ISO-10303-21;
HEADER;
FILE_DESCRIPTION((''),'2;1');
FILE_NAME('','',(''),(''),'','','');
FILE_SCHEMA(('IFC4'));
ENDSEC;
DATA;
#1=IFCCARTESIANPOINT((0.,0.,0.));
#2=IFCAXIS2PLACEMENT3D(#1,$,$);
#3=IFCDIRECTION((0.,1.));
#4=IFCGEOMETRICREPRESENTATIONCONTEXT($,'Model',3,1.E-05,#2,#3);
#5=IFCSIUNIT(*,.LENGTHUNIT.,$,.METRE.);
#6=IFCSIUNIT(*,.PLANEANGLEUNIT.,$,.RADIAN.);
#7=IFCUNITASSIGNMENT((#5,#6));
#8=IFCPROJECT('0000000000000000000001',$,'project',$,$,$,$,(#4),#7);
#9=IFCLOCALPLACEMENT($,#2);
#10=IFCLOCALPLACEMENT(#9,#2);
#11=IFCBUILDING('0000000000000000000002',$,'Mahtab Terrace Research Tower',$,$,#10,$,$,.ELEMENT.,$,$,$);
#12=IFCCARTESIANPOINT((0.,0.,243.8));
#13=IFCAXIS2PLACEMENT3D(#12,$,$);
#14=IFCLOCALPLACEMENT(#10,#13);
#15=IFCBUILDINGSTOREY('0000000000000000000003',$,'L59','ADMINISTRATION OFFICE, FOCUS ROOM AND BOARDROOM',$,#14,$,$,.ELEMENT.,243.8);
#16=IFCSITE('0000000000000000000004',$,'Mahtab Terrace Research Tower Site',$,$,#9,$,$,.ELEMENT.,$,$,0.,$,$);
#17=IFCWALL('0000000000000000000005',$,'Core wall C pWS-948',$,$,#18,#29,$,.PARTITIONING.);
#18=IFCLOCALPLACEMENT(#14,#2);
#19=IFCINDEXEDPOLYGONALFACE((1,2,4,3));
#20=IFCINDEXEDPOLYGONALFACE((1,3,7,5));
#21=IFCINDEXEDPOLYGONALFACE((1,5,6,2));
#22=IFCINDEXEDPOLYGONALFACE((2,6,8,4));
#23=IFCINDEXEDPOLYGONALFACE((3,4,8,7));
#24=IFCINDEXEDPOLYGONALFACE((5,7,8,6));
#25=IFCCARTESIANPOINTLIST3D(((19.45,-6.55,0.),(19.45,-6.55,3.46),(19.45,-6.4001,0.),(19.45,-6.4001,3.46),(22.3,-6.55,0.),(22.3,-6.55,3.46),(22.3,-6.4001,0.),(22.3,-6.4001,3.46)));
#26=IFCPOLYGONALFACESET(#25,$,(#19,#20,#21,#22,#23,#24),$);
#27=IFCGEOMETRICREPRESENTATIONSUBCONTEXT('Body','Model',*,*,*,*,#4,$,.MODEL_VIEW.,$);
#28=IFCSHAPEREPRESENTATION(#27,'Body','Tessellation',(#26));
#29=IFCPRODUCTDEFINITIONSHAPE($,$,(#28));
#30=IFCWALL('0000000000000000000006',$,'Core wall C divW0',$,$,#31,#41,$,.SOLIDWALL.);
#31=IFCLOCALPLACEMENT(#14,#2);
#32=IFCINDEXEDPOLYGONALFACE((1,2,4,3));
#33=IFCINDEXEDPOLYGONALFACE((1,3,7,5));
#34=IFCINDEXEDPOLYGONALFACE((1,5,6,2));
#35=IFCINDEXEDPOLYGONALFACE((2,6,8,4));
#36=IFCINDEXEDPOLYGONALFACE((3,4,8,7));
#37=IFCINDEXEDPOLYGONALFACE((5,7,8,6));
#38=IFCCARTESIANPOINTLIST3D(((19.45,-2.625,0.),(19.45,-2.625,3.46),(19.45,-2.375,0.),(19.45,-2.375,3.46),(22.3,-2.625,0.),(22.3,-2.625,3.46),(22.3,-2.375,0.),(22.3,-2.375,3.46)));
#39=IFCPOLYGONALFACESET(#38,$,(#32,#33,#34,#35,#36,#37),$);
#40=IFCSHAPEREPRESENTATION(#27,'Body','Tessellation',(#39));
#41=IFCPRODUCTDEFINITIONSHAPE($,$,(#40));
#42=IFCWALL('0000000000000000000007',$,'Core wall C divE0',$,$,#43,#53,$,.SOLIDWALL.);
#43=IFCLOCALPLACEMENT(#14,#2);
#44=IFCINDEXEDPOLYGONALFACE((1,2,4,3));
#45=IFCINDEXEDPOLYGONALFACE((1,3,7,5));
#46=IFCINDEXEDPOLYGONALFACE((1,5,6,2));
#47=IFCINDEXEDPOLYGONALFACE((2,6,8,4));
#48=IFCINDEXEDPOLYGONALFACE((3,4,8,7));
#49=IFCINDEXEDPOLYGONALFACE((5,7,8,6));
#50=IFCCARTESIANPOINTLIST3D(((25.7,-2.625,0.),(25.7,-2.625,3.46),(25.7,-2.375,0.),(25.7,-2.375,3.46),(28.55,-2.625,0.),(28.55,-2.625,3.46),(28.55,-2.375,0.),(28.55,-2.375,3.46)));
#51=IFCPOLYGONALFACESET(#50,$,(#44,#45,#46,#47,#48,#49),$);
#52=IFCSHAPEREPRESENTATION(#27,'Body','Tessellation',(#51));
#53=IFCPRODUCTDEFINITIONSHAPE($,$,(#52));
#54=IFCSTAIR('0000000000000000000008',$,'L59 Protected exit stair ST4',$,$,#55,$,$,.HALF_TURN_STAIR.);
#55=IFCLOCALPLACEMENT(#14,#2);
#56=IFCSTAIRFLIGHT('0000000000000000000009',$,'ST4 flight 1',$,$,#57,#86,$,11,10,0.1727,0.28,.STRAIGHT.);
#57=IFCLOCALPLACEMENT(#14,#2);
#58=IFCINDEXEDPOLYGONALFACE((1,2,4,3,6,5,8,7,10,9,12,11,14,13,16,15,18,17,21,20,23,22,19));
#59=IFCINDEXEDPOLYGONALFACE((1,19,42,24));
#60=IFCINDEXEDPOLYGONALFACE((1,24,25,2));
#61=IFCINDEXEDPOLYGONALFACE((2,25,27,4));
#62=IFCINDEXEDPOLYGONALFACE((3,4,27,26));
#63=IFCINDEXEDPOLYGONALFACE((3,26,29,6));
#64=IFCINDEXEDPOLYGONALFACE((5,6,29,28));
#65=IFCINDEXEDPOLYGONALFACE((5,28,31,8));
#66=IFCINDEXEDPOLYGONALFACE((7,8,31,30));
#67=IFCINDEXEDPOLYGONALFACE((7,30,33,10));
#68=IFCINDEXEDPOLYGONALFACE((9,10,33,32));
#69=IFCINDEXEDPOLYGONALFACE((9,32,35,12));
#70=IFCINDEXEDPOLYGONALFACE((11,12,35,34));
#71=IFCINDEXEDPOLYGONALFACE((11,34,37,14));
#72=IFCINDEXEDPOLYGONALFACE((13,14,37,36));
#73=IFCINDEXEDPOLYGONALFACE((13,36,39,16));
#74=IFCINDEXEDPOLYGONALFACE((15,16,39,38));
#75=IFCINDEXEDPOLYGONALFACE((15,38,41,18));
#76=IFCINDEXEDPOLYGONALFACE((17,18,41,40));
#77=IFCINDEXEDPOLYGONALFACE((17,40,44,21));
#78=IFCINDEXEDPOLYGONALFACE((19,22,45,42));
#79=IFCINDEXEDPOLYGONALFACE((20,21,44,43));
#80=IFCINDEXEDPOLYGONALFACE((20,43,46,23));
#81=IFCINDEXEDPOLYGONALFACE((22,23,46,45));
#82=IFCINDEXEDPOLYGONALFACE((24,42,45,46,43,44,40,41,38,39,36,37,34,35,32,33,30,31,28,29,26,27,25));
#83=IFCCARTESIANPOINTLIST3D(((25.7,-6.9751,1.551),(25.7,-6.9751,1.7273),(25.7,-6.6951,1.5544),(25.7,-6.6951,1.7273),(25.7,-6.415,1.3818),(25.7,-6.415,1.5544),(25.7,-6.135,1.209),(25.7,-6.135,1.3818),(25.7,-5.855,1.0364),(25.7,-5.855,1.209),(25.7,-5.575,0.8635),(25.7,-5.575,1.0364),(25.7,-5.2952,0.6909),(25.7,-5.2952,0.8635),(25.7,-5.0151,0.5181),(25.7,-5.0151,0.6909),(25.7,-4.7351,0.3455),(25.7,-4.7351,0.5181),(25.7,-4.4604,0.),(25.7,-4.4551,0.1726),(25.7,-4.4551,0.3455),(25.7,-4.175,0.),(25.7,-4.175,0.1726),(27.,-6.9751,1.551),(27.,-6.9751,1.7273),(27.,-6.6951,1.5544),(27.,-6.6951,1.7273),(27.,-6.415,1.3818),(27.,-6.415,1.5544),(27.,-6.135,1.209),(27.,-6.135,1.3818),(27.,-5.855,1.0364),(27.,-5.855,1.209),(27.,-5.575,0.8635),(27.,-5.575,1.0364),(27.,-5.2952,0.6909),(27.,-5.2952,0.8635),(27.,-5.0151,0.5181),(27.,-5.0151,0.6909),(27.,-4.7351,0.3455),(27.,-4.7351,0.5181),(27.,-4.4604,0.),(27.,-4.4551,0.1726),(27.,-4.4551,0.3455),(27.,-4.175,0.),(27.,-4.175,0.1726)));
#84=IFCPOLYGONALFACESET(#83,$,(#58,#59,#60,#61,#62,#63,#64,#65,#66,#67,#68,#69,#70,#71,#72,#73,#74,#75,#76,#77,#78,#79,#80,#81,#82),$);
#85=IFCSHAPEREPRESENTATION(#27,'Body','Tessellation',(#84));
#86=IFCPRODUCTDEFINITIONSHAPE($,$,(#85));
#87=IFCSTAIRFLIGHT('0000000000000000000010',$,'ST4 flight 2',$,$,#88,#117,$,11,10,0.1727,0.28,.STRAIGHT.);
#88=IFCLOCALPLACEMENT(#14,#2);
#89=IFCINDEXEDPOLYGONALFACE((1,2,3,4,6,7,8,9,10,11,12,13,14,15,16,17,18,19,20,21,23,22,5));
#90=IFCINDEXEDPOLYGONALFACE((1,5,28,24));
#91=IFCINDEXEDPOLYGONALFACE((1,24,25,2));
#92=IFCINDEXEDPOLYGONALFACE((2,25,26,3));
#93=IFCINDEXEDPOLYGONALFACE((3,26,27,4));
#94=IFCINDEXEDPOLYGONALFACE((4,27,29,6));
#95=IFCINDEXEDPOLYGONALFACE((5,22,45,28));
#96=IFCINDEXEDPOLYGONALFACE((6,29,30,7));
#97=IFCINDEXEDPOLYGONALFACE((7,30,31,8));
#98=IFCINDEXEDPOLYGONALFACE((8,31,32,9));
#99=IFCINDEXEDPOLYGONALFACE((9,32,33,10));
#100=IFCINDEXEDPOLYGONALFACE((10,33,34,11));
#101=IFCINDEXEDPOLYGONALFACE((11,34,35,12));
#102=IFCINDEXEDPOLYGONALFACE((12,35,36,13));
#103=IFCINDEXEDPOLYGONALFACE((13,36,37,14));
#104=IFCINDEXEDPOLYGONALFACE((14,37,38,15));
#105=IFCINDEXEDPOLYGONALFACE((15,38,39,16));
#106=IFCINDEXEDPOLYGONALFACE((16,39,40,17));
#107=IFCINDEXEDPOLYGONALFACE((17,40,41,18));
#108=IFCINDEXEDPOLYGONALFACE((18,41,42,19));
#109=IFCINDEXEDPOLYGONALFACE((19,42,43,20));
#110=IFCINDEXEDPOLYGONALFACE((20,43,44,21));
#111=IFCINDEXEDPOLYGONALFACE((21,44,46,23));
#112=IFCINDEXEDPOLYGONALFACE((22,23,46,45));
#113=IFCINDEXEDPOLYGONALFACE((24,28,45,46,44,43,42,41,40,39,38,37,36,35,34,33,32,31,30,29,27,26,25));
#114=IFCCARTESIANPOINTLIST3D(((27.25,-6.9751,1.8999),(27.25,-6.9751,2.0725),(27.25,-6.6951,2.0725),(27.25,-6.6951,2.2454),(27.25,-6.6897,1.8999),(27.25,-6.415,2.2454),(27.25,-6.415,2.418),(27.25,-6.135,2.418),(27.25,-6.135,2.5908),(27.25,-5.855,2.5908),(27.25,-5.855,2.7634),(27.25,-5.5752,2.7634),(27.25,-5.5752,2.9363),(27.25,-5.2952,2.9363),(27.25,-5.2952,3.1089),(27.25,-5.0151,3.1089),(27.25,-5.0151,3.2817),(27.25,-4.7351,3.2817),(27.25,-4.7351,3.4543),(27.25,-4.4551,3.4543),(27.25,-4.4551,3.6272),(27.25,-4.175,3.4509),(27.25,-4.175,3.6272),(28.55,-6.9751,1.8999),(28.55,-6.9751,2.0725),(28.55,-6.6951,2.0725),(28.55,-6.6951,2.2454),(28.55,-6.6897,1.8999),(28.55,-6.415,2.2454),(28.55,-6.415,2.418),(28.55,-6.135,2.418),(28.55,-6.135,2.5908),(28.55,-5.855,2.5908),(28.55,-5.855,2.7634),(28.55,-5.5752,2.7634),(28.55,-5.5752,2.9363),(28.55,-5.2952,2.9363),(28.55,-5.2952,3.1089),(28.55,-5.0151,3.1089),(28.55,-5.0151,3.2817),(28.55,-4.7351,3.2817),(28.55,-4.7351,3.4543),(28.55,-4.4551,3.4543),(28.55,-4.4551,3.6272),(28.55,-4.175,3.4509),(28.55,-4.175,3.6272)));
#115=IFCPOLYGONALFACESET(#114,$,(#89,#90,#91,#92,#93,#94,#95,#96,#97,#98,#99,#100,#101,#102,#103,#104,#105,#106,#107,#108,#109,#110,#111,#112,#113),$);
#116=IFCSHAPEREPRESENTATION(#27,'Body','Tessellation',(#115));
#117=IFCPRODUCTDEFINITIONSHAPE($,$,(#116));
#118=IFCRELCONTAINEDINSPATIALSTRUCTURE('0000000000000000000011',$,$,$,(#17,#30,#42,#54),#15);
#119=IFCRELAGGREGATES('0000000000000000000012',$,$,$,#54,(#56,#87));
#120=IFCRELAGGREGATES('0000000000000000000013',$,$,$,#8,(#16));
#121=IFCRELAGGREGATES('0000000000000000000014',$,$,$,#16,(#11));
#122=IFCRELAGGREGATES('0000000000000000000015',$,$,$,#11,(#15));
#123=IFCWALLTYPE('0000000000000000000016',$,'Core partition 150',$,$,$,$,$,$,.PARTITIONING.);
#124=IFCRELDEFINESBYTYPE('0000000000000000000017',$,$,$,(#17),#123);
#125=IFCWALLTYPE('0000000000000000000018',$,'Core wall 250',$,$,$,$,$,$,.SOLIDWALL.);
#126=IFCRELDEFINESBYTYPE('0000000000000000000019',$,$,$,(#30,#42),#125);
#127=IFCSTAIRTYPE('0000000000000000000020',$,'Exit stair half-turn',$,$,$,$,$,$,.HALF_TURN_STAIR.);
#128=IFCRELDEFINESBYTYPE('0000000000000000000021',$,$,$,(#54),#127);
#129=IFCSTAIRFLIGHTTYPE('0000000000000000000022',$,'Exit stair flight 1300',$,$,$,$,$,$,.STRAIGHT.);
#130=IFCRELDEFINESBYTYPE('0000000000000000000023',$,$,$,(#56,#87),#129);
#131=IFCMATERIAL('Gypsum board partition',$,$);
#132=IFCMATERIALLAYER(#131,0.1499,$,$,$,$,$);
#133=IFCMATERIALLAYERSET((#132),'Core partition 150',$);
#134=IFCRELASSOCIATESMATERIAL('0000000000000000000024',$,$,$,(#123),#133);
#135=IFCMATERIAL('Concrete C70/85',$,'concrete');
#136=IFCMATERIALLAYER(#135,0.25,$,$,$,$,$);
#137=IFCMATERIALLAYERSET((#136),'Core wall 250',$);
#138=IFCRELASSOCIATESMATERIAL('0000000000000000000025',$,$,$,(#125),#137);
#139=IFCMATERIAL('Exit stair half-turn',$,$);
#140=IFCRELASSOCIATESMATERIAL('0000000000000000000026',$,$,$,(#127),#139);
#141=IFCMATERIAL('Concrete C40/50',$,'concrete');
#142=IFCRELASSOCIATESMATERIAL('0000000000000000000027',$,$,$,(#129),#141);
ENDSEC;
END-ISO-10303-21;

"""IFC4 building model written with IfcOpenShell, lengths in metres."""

from ifc_helpers import new_model, si_unit, direction, frame, frame_2d, origin, place, context, subcontext, project, spatial, polyline, rectangle, outline, extrude, material, layer, layer_set, type_object, element, aggregate, save


model = new_model("IFC4")

# Units and contexts
model_context = context("Model", 3, precision=1e-05, world=origin(), true_north=direction((0.0, 1.0)))
body_context = subcontext(model_context, "Body", "Model", "MODEL_VIEW")
ifc_project = project(units=[si_unit("LENGTHUNIT", "METRE"), si_unit("PLANEANGLEUNIT", "RADIAN")], contexts=[model_context])

# Site, building, storey
site_placement = place(None, origin())
site = spatial("IfcSite", under=ifc_project, at=site_placement, Name="Mahtab Terrace Research Tower Site", CompositionType="ELEMENT", RefElevation=0.0)
building_placement = place(site_placement, origin())
building = spatial("IfcBuilding", under=site, at=building_placement, Name="Mahtab Terrace Research Tower", CompositionType="ELEMENT")
storey_placement = place(building_placement, frame((0.0, 0.0, 243.8)))
storey = spatial("IfcBuildingStorey", under=building, at=storey_placement, Name="L59", Description="ADMINISTRATION OFFICE, FOCUS ROOM AND BOARDROOM", CompositionType="ELEMENT", Elevation=243.8)

# Walls
ifc_material_1 = material(Name="Gypsum board partition")
ifc_layer_1 = layer(ifc_material_1, 0.1499)
ifc_layer_set_1 = layer_set([ifc_layer_1], Name="Core partition 150")
wall_type_1 = type_object("IfcWallType", Name="Core partition 150", PredefinedType="PARTITIONING", material=ifc_layer_set_1)
wall_placement = place(storey_placement, frame((19.45, -6.4751, 0.0), z_axis=(0.0, 0.0, 1.0), x_axis=(1.0, 0.0, 0.0)))
element("IfcWall", 1, at=wall_placement, inside=storey, type_object=wall_type_1, Name="Core wall C pWS-948", PredefinedType="PARTITIONING", context=body_context, shape_type="SweptSolid", body=[
    extrude(rectangle(XDim=2.8501, YDim=0.1499, at=frame_2d((1.425, 0.0))), origin(), (0.0, 0.0, 1.0), 3.46),
])
ifc_material_2 = material(Name="Concrete C70/85", Category="concrete")
ifc_layer_2 = layer(ifc_material_2, 0.25)
ifc_layer_set_2 = layer_set([ifc_layer_2], Name="Core wall 250")
wall_type_2 = type_object("IfcWallType", Name="Core wall 250", PredefinedType="SOLIDWALL", material=ifc_layer_set_2)
for number, where, z_axis, x_axis, name in (
    (2, (19.45, -2.5, 0.0), (0.0, 0.0, 1.0), (1.0, 0.0, 0.0), "Core wall C divW0"),
    (3, (25.7, -2.5, 0.0), (0.0, 0.0, 1.0), (1.0, 0.0, 0.0), "Core wall C divE0"),
):
    element("IfcWall", number, at=place(storey_placement, frame(where, z_axis=z_axis, x_axis=x_axis)), inside=storey, type_object=wall_type_2, Name=name, PredefinedType="SOLIDWALL", context=body_context, shape_type="SweptSolid", body=[
        extrude(rectangle(XDim=2.8501, YDim=0.25, at=frame_2d((1.425, 0.0))), origin(), (0.0, 0.0, 1.0), 3.46),
    ])

# Stair, stair flights
ifc_material_3 = material(Name="Exit stair half-turn")
stair_type = type_object("IfcStairType", Name="Exit stair half-turn", PredefinedType="HALF_TURN_STAIR", material=ifc_material_3)
stair_placement = place(storey_placement, origin())
stair = element("IfcStair", 4, at=stair_placement, inside=storey, type_object=stair_type, Name="L59 Protected exit stair ST4", PredefinedType="HALF_TURN_STAIR")
ifc_material_4 = material(Name="Concrete C40/50", Category="concrete")
stair_flight_type = type_object("IfcStairFlightType", Name="Exit stair flight 1300", PredefinedType="STRAIGHT", material=ifc_material_4)
stair_flight_1_placement = place(storey_placement, frame((26.3501, -4.175, 0.0), z_axis=(0.0, 0.0, 1.0), x_axis=(0.0, -1.0, 0.0)))
stair_flight_1 = element("IfcStairFlight", 5, at=stair_flight_1_placement, type_object=stair_flight_type, Name="ST4 flight 1", NumberOfRisers=11, NumberOfTreads=10, PredefinedType="STRAIGHT", RiserHeight=0.1727, TreadLength=0.28, context=body_context, shape_type="SweptSolid", body=[
    extrude(outline(polyline([(0.0, 0.0), (0.0, 0.1726), (0.28, 0.1726), (0.28, 0.3455), (0.5601, 0.3455), (0.5601, 0.5181), (0.8401, 0.5181), (0.8401, 0.6909), (1.1201, 0.6909), (1.1201, 0.8635), (1.3999, 0.8635), (1.3999, 1.0364), (1.6799, 1.0364), (1.6799, 1.209), (1.96, 1.209), (1.96, 1.3818), (2.24, 1.3818), (2.24, 1.5544), (2.52, 1.5544), (2.52, 1.7273), (2.8, 1.7273), (2.8, 1.8999), (2.8, 1.551), (0.2854, 0.0), (0.0, 0.0)])), frame((0.0, 0.6499, 0.0), z_axis=(0.0, -1.0, 0.0), x_axis=(1.0, 0.0, 0.0)), (0.0, 0.0, 1.0), 1.3),
])
stair_flight_2_placement = place(storey_placement, frame((27.8999, -6.9751, 1.8999), z_axis=(0.0, 0.0, 1.0), x_axis=(0.0, 1.0, 0.0)))
stair_flight_2 = element("IfcStairFlight", 6, at=stair_flight_2_placement, type_object=stair_flight_type, Name="ST4 flight 2", NumberOfRisers=11, NumberOfTreads=10, PredefinedType="STRAIGHT", RiserHeight=0.1727, TreadLength=0.28, context=body_context, shape_type="SweptSolid", body=[
    extrude(outline(polyline([(0.0, 0.0), (0.0, 0.1726), (0.28, 0.1726), (0.28, 0.3455), (0.5601, 0.3455), (0.5601, 0.5181), (0.8401, 0.5181), (0.8401, 0.6909), (1.1201, 0.6909), (1.1201, 0.8635), (1.3999, 0.8635), (1.3999, 1.0364), (1.6799, 1.0364), (1.6799, 1.209), (1.96, 1.209), (1.96, 1.3818), (2.24, 1.3818), (2.24, 1.5544), (2.52, 1.5544), (2.52, 1.7273), (2.8, 1.7273), (2.8, 1.8999), (2.8, 1.551), (0.2854, 0.0), (0.0, 0.0)])), frame((0.0, 0.6499, 0.0), z_axis=(0.0, -1.0, 0.0), x_axis=(1.0, 0.0, 0.0)), (0.0, 0.0, 1.0), 1.3),
])
aggregate(stair, [stair_flight_1, stair_flight_2])

save(model, "model.ifc")
